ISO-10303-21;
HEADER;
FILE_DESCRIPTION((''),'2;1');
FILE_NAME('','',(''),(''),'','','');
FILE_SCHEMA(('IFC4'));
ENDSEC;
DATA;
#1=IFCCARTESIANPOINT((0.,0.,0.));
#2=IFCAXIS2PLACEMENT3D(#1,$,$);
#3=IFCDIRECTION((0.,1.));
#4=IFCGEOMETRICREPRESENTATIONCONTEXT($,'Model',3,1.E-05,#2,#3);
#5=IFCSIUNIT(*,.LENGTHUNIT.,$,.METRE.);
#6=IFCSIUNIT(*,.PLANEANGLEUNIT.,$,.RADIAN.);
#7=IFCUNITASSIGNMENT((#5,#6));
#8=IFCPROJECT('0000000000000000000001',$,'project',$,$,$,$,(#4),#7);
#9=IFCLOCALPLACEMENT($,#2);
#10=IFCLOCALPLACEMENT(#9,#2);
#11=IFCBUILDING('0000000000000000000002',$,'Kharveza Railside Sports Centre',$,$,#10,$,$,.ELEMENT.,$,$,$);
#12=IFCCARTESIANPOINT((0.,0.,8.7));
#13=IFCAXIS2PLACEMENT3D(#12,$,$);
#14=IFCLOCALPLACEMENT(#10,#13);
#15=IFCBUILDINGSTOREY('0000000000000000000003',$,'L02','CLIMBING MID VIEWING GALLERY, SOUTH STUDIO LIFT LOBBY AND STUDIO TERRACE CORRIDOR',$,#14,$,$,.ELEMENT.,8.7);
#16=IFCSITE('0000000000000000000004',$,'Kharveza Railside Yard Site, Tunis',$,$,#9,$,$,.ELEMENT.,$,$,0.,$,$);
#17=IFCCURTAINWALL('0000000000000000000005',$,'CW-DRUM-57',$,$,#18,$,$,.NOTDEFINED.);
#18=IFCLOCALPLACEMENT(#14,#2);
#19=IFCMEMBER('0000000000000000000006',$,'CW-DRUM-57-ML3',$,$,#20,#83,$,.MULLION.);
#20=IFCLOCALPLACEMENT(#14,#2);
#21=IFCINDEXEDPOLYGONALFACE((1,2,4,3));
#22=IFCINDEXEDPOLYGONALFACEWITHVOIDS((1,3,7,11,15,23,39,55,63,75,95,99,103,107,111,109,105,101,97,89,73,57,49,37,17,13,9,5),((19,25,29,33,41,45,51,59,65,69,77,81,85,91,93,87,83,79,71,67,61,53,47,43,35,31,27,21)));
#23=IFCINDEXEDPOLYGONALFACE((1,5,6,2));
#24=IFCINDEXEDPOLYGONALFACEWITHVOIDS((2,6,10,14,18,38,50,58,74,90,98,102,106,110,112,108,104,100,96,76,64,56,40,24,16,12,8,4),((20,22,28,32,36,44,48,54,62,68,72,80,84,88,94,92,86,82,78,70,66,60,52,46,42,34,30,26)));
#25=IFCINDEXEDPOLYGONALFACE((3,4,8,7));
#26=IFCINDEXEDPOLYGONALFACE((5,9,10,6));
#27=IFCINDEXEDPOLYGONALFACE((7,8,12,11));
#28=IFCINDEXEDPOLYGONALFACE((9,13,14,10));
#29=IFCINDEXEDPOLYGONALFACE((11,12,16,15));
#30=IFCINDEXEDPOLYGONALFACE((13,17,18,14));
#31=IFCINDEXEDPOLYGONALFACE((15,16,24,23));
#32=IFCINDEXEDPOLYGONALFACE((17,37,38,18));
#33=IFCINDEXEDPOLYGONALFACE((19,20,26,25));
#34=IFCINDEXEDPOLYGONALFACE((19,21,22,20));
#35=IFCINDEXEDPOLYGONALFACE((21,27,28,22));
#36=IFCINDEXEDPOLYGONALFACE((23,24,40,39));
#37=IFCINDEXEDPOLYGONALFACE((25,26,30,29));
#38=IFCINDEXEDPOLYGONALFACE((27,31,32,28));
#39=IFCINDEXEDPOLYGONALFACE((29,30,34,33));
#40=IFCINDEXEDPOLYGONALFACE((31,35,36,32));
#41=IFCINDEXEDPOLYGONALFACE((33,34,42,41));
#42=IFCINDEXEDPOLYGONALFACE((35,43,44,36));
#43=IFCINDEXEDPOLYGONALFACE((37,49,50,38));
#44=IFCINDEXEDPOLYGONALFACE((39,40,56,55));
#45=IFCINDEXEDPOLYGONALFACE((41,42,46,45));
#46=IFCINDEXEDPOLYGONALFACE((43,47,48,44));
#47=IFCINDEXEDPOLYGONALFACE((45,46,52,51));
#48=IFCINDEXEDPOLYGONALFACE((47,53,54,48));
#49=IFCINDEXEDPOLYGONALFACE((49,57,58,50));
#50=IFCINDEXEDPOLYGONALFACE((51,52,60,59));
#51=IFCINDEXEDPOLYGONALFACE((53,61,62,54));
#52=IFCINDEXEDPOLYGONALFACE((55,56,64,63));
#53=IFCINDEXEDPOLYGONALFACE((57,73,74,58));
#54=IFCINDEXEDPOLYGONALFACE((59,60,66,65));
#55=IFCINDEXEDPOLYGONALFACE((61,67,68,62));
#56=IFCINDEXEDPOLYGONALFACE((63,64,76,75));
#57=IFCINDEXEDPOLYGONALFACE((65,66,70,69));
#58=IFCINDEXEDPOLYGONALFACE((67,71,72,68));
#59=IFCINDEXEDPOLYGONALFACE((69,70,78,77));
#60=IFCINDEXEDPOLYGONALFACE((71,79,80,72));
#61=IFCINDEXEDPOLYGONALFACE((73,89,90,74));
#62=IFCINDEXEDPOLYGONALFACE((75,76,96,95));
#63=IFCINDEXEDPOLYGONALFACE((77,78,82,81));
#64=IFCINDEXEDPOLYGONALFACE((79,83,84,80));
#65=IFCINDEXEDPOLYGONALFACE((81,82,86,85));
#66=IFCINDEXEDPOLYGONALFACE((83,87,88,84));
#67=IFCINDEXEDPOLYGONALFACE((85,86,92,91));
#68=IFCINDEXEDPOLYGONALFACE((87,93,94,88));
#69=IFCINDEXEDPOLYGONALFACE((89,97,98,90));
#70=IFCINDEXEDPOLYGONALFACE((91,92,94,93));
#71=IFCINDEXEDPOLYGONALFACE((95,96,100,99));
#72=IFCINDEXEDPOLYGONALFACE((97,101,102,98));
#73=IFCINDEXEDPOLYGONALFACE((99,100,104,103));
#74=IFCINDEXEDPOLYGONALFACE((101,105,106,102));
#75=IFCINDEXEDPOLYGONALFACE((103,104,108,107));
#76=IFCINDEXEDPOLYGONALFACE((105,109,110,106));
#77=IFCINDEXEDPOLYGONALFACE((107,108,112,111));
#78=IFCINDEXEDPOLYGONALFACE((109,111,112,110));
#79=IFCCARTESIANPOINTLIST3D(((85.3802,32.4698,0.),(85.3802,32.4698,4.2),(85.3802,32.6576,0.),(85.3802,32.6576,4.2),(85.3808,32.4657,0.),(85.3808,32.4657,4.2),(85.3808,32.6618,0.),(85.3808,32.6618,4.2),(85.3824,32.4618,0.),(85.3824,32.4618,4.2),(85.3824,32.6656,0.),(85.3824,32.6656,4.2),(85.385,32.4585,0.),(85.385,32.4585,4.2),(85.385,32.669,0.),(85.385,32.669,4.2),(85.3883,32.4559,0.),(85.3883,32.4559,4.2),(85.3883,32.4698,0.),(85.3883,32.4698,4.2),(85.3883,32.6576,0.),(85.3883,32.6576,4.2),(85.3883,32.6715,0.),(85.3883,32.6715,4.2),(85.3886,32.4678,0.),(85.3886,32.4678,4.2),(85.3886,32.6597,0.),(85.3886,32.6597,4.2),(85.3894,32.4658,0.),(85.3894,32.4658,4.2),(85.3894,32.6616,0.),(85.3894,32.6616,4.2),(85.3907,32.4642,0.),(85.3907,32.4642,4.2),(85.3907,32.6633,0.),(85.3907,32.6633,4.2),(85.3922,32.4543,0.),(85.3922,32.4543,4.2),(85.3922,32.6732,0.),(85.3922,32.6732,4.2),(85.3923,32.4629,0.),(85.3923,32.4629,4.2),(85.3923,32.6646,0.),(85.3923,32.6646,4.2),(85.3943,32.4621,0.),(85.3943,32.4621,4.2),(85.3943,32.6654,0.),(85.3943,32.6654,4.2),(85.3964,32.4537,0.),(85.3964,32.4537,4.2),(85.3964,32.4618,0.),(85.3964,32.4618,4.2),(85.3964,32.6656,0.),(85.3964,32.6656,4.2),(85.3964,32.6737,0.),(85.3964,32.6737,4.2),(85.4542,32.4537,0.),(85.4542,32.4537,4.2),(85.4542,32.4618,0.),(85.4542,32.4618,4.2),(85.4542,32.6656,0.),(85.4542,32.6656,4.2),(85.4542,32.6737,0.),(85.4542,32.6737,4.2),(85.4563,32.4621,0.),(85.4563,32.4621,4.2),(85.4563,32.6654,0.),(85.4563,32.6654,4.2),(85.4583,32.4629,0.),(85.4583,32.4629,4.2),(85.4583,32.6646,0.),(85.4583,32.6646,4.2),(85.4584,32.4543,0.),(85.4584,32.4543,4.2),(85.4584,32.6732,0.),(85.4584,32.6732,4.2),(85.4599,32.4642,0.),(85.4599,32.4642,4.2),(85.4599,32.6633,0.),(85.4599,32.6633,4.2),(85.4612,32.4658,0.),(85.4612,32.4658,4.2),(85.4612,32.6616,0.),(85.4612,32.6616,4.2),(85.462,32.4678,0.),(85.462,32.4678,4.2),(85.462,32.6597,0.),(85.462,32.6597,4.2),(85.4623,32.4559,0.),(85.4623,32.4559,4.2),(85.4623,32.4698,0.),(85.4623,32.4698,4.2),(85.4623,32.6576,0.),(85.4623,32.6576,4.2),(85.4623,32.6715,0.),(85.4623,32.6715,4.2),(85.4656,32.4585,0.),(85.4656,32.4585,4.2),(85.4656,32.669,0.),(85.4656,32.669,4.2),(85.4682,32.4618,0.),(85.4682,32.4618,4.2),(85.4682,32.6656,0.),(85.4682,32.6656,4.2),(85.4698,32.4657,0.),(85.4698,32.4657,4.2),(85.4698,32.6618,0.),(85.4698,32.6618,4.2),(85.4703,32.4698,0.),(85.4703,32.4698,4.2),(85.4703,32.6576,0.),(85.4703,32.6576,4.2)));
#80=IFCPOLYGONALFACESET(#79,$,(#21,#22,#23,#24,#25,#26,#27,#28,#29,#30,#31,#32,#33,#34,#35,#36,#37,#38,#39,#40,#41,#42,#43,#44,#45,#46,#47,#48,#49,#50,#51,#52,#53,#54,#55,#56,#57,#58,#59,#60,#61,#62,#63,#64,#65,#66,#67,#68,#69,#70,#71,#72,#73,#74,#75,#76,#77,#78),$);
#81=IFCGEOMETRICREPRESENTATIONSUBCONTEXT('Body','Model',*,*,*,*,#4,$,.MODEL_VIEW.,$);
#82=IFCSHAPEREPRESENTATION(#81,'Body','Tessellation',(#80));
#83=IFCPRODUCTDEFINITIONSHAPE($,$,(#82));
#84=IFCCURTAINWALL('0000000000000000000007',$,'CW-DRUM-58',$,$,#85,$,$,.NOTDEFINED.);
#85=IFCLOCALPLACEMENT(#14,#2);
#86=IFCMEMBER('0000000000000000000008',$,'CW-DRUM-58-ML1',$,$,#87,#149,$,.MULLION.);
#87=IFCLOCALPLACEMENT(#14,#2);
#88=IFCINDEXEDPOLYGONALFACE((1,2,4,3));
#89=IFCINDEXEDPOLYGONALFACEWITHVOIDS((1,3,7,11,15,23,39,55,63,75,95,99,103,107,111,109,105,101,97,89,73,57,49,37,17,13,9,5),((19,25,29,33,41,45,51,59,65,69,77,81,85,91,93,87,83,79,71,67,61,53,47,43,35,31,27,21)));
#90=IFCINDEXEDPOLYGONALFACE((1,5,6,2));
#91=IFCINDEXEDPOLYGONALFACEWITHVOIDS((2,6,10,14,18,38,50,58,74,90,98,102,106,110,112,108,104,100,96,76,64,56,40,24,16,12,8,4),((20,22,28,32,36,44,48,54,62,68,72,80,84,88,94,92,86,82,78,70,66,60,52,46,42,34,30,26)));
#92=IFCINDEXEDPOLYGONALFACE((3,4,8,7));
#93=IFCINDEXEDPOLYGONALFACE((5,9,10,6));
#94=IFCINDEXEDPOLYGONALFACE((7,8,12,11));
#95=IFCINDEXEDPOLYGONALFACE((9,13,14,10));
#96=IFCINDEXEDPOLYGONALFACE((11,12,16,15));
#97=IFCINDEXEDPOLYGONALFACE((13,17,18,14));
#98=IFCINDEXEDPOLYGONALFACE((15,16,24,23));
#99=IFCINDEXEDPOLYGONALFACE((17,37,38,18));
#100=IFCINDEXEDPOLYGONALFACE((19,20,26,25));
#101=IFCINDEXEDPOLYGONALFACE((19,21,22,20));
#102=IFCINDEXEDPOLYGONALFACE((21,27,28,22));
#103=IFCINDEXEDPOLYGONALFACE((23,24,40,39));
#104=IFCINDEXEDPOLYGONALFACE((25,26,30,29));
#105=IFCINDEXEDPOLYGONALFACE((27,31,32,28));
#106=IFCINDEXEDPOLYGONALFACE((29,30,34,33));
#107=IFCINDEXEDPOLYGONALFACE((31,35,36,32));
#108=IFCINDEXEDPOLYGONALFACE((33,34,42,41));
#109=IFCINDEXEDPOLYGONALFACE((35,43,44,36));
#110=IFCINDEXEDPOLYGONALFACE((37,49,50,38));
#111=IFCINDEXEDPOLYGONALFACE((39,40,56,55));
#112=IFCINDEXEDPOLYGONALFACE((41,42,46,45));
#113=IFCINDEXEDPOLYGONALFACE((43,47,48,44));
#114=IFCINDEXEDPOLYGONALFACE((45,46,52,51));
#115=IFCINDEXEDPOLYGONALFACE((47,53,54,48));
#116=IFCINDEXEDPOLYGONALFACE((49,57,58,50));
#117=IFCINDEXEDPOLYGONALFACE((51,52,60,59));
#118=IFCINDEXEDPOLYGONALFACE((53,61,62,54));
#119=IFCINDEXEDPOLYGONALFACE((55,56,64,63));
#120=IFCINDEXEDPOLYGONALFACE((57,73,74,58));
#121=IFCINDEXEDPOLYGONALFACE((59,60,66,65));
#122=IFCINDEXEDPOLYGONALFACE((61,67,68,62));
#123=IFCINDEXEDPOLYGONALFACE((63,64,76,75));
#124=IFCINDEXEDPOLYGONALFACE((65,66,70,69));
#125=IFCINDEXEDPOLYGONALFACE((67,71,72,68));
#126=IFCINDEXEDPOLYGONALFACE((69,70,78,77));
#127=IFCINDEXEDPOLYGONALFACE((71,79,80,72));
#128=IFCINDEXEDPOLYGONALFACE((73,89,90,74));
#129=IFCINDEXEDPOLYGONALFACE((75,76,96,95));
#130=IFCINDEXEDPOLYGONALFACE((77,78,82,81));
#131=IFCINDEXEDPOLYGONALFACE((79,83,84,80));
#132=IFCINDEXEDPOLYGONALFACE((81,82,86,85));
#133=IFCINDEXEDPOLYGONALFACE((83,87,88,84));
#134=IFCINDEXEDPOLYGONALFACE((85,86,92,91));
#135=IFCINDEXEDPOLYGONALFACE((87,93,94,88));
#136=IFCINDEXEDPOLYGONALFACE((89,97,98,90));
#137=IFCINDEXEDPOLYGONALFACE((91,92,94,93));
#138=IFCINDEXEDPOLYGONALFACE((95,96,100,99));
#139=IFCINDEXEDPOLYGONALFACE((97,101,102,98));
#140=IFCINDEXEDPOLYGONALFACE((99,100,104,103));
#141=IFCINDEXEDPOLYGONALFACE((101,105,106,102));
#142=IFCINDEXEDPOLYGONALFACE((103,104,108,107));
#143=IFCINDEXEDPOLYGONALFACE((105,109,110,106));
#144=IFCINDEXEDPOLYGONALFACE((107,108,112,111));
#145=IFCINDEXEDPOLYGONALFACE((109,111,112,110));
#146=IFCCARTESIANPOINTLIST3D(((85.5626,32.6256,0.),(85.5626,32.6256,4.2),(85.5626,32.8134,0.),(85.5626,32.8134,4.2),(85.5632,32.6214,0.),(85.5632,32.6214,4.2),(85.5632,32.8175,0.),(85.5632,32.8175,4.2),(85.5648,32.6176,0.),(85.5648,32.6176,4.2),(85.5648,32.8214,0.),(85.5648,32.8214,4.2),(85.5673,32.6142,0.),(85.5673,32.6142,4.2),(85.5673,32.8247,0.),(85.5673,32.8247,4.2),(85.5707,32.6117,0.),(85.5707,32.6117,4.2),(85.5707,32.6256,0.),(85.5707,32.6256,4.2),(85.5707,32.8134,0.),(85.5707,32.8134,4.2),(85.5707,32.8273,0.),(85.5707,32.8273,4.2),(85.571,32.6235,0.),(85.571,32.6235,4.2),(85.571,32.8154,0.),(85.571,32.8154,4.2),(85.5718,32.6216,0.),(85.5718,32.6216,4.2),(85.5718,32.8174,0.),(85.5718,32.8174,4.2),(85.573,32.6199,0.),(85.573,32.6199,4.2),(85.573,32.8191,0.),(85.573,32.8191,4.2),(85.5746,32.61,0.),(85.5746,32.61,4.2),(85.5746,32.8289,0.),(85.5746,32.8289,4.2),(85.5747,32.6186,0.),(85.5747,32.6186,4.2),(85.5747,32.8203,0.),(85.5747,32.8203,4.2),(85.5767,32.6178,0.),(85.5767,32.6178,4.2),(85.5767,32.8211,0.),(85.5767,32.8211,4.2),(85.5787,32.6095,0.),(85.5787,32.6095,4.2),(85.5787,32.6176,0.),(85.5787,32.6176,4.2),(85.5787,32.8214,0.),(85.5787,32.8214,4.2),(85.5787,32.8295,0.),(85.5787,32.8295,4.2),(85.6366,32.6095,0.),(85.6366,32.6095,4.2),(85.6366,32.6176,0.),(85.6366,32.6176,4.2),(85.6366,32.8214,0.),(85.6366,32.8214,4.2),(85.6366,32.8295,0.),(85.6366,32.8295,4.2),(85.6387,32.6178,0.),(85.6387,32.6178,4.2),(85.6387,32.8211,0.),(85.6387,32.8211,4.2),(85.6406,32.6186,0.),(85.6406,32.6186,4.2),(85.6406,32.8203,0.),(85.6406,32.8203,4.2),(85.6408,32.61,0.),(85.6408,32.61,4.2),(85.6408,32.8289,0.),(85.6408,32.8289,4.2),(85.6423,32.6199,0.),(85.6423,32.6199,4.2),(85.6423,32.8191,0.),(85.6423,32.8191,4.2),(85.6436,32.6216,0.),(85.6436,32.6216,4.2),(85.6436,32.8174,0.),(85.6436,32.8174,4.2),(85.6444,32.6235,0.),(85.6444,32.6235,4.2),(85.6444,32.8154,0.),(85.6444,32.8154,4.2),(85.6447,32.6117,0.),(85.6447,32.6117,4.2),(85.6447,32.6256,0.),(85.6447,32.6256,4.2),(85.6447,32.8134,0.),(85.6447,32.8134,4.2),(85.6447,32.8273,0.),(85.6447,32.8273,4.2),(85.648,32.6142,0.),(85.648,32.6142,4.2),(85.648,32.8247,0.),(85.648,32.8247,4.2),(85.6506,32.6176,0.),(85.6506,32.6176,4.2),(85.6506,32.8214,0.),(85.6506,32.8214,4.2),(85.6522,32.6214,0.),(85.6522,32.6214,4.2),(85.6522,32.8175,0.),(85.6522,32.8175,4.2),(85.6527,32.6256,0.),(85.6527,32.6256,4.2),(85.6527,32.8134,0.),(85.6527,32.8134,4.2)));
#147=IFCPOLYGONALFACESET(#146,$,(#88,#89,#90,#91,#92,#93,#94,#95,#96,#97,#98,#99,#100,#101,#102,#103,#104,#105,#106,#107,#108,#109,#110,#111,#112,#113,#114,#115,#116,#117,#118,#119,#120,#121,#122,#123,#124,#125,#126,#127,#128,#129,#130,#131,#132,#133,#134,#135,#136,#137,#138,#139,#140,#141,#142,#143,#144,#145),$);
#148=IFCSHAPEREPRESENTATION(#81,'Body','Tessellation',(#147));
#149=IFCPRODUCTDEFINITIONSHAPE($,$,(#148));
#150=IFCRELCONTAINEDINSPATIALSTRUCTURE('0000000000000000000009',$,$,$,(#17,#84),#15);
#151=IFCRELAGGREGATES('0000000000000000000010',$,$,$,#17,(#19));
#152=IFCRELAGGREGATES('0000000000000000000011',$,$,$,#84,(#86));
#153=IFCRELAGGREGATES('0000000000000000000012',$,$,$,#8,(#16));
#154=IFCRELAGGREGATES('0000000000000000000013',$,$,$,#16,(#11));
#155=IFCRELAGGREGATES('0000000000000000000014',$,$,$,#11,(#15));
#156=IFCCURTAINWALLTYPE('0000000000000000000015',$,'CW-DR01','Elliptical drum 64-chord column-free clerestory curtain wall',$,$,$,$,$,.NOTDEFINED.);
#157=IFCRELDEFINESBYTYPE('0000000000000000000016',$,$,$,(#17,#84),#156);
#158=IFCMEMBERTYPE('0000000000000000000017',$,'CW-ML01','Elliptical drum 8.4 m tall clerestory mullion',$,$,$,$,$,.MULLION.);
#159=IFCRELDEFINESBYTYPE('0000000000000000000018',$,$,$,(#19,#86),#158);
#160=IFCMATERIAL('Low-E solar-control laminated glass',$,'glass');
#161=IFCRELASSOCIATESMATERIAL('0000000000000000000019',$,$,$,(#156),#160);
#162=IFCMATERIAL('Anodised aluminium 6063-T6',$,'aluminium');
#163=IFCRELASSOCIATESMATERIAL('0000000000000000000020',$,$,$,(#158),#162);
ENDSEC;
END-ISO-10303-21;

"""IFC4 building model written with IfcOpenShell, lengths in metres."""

from ifc_helpers import new_model, si_unit, direction, frame, origin, origin_2d, place, context, subcontext, project, spatial, hollow_rectangle, extrude, material, material_profile, profile_set, type_object, element, aggregate, save


model = new_model("IFC4")

# Units and contexts
model_context = context("Model", 3, precision=1e-05, world=origin(), true_north=direction((0.0, 1.0)))
body_context = subcontext(model_context, "Body", "Model", "MODEL_VIEW")
ifc_project = project(units=[si_unit("LENGTHUNIT", "METRE"), si_unit("PLANEANGLEUNIT", "RADIAN")], contexts=[model_context])

# Site, building, storey
site_placement = place(None, origin())
site = spatial("IfcSite", under=ifc_project, at=site_placement, Name="Kharveza Railside Yard Site, Tunis", CompositionType="ELEMENT", RefElevation=0.0)
building_placement = place(site_placement, origin())
building = spatial("IfcBuilding", under=site, at=building_placement, Name="Kharveza Railside Sports Centre", CompositionType="ELEMENT")
storey_placement = place(building_placement, frame((0.0, 0.0, 8.7)))
storey = spatial("IfcBuildingStorey", under=building, at=storey_placement, Name="L02", Description="CLIMBING MID VIEWING GALLERY, SOUTH STUDIO LIFT LOBBY AND STUDIO TERRACE CORRIDOR", CompositionType="ELEMENT", Elevation=8.7)

# Curtain walls, members
ifc_material_1 = material(Name="Low-E solar-control laminated glass", Category="glass")
curtain_wall_type = type_object("IfcCurtainWallType", Name="CW-DR01", Description="Elliptical drum 64-chord column-free clerestory curtain wall", PredefinedType="NOTDEFINED", material=ifc_material_1)
curtain_wall_1_placement = place(storey_placement, origin())
curtain_wall_1 = element("IfcCurtainWall", 1, at=curtain_wall_1_placement, inside=storey, type_object=curtain_wall_type, Name="CW-DRUM-57", PredefinedType="NOTDEFINED")
ifc_material_2 = material(Name="Anodised aluminium 6063-T6", Category="aluminium")
ifc_material_profile_1 = material_profile(ifc_material_2, hollow_rectangle(XDim=0.0901, YDim=0.22, WallThickness=0.0081, InnerFilletRadius=0.0081, OuterFilletRadius=0.0161, at=origin_2d()), Name="RHS 90x220x8.0")
ifc_profile_set_1 = profile_set([ifc_material_profile_1], Name="Anodised aluminium 6063-T6")
member_type_1 = type_object("IfcMemberType", Name="CW-ML01", Description="Elliptical drum 8.4 m tall clerestory mullion", PredefinedType="MULLION", material=ifc_profile_set_1)
member_1_placement = place(storey_placement, frame((85.4253, 32.5637, 0.0), z_axis=(0.0, 0.0, 1.0), x_axis=(1.0, 0.0, 0.0)))
member_1 = element("IfcMember", 2, at=member_1_placement, type_object=member_type_1, Name="CW-DRUM-57-ML3", PredefinedType="MULLION", context=body_context, shape_type="SweptSolid", body=[
    extrude(hollow_rectangle(XDim=0.0901, YDim=0.22, WallThickness=0.0081, InnerFilletRadius=0.0081, OuterFilletRadius=0.0161, at=origin_2d()), origin(), (0.0, 0.0, 1.0), 4.2),
])
curtain_wall_2_placement = place(storey_placement, origin())
curtain_wall_2 = element("IfcCurtainWall", 3, at=curtain_wall_2_placement, inside=storey, type_object=curtain_wall_type, Name="CW-DRUM-58", PredefinedType="NOTDEFINED")
member_2_placement = place(storey_placement, frame((85.6077, 32.7195, 0.0), z_axis=(0.0, 0.0, 1.0), x_axis=(1.0, 0.0, 0.0)))
member_2 = element("IfcMember", 4, at=member_2_placement, type_object=member_type_1, Name="CW-DRUM-58-ML1", PredefinedType="MULLION", context=body_context, shape_type="SweptSolid", body=[
    extrude(hollow_rectangle(XDim=0.0901, YDim=0.22, WallThickness=0.0081, InnerFilletRadius=0.0081, OuterFilletRadius=0.0161, at=origin_2d()), origin(), (0.0, 0.0, 1.0), 4.2),
])

aggregate(curtain_wall_1, [member_1])
aggregate(curtain_wall_2, [member_2])

save(model, "model.ifc")
